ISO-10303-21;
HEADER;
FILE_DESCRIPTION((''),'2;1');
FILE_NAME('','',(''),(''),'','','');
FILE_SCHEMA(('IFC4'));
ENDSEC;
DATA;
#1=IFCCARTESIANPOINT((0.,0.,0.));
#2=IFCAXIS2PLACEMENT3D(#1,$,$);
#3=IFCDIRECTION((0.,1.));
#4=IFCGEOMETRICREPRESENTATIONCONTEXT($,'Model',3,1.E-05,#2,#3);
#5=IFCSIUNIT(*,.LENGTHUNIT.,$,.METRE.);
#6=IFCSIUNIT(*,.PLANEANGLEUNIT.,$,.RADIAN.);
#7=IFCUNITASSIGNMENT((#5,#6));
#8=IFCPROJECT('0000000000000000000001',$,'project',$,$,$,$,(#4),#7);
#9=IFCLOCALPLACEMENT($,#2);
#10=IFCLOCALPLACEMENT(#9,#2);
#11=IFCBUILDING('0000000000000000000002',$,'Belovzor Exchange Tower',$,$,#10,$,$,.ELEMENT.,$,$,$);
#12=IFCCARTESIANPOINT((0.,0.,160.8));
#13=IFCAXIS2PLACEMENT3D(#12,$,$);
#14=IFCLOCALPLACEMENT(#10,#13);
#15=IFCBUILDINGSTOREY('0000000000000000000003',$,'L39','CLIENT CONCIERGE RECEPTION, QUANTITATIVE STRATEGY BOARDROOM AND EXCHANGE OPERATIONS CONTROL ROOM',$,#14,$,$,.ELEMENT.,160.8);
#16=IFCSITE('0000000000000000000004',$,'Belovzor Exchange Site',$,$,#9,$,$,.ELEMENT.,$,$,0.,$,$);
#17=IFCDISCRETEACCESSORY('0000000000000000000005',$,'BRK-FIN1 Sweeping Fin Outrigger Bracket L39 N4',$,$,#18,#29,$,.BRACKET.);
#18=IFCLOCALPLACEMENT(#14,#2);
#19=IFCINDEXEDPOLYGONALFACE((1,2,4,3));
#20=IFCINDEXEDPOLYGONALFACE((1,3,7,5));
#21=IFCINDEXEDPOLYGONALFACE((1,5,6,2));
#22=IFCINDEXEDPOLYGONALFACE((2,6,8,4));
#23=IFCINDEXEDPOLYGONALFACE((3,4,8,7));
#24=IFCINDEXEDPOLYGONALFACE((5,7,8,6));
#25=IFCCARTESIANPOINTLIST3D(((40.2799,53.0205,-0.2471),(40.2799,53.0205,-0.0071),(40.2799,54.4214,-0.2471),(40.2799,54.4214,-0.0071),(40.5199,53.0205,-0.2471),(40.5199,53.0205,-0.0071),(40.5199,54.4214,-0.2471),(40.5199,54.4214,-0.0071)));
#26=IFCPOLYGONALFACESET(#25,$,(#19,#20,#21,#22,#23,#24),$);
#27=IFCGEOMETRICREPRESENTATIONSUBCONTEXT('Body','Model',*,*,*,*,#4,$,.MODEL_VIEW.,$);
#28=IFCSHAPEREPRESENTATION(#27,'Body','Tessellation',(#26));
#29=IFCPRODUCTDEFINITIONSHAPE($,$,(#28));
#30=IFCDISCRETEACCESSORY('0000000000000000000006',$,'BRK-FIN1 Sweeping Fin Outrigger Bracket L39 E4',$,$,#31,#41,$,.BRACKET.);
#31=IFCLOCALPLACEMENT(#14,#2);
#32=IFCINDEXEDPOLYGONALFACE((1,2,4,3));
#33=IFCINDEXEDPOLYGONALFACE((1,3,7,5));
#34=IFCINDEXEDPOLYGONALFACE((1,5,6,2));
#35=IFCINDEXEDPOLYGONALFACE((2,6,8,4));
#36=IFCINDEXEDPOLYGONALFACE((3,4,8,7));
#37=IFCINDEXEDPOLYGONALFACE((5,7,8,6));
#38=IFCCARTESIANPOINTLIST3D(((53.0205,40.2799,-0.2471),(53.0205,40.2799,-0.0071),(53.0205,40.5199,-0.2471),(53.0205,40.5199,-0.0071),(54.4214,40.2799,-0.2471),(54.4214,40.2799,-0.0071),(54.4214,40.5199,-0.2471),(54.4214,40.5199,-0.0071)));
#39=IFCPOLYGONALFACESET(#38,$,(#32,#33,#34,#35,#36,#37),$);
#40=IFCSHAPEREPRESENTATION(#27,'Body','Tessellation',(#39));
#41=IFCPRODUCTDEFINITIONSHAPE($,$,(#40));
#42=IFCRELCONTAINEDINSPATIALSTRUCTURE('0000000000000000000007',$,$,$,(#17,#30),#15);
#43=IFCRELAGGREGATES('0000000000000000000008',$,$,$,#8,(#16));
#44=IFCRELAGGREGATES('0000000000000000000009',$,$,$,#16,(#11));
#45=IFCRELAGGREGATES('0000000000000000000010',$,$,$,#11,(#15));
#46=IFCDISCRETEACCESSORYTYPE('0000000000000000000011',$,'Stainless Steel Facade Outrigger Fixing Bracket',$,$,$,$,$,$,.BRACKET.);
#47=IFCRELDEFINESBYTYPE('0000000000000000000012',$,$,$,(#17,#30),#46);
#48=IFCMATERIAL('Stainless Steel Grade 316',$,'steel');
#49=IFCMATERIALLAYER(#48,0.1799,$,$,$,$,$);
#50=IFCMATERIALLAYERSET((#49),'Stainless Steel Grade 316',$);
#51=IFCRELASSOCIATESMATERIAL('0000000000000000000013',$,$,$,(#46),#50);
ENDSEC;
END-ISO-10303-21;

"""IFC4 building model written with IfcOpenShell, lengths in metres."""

from ifc_helpers import new_model, si_unit, direction, frame, origin, origin_2d, place, context, subcontext, project, spatial, rectangle, extrude, material, layer, layer_set, type_object, element, save


model = new_model("IFC4")

# Units and contexts
model_context = context("Model", 3, precision=1e-05, world=origin(), true_north=direction((0.0, 1.0)))
body_context = subcontext(model_context, "Body", "Model", "MODEL_VIEW")
ifc_project = project(units=[si_unit("LENGTHUNIT", "METRE"), si_unit("PLANEANGLEUNIT", "RADIAN")], contexts=[model_context])

# Site, building, storey
site_placement = place(None, origin())
site = spatial("IfcSite", under=ifc_project, at=site_placement, Name="Belovzor Exchange Site", CompositionType="ELEMENT", RefElevation=0.0)
building_placement = place(site_placement, origin())
building = spatial("IfcBuilding", under=site, at=building_placement, Name="Belovzor Exchange Tower", CompositionType="ELEMENT")
storey_placement = place(building_placement, frame((0.0, 0.0, 160.8)))
storey = spatial("IfcBuildingStorey", under=building, at=storey_placement, Name="L39", Description="CLIENT CONCIERGE RECEPTION, QUANTITATIVE STRATEGY BOARDROOM AND EXCHANGE OPERATIONS CONTROL ROOM", CompositionType="ELEMENT", Elevation=160.8)

# Discrete accessories
ifc_material_1 = material(Name="Stainless Steel Grade 316", Category="steel")
ifc_layer_1 = layer(ifc_material_1, 0.1799)
ifc_layer_set_1 = layer_set([ifc_layer_1], Name="Stainless Steel Grade 316")
discrete_accessory_type = type_object("IfcDiscreteAccessoryType", Name="Stainless Steel Facade Outrigger Fixing Bracket", PredefinedType="BRACKET", material=ifc_layer_set_1)
for number, where, z_axis, x_axis, name in (
    (1, (40.3999, 53.7209, -0.2471), (0.0, 0.0, 1.0), (0.0, 1.0, 0.0), "BRK-FIN1 Sweeping Fin Outrigger Bracket L39 N4"),
    (2, (53.7209, 40.3999, -0.2471), (0.0, 0.0, 1.0), (1.0, 0.0, 0.0), "BRK-FIN1 Sweeping Fin Outrigger Bracket L39 E4"),
):
    element("IfcDiscreteAccessory", number, at=place(storey_placement, frame(where, z_axis=z_axis, x_axis=x_axis)), inside=storey, type_object=discrete_accessory_type, Name=name, PredefinedType="BRACKET", context=body_context, shape_type="SweptSolid", body=[
        extrude(rectangle(XDim=1.4009, YDim=0.24, at=origin_2d()), origin(), (0.0, 0.0, 1.0), 0.24),
    ])

save(model, "model.ifc")
